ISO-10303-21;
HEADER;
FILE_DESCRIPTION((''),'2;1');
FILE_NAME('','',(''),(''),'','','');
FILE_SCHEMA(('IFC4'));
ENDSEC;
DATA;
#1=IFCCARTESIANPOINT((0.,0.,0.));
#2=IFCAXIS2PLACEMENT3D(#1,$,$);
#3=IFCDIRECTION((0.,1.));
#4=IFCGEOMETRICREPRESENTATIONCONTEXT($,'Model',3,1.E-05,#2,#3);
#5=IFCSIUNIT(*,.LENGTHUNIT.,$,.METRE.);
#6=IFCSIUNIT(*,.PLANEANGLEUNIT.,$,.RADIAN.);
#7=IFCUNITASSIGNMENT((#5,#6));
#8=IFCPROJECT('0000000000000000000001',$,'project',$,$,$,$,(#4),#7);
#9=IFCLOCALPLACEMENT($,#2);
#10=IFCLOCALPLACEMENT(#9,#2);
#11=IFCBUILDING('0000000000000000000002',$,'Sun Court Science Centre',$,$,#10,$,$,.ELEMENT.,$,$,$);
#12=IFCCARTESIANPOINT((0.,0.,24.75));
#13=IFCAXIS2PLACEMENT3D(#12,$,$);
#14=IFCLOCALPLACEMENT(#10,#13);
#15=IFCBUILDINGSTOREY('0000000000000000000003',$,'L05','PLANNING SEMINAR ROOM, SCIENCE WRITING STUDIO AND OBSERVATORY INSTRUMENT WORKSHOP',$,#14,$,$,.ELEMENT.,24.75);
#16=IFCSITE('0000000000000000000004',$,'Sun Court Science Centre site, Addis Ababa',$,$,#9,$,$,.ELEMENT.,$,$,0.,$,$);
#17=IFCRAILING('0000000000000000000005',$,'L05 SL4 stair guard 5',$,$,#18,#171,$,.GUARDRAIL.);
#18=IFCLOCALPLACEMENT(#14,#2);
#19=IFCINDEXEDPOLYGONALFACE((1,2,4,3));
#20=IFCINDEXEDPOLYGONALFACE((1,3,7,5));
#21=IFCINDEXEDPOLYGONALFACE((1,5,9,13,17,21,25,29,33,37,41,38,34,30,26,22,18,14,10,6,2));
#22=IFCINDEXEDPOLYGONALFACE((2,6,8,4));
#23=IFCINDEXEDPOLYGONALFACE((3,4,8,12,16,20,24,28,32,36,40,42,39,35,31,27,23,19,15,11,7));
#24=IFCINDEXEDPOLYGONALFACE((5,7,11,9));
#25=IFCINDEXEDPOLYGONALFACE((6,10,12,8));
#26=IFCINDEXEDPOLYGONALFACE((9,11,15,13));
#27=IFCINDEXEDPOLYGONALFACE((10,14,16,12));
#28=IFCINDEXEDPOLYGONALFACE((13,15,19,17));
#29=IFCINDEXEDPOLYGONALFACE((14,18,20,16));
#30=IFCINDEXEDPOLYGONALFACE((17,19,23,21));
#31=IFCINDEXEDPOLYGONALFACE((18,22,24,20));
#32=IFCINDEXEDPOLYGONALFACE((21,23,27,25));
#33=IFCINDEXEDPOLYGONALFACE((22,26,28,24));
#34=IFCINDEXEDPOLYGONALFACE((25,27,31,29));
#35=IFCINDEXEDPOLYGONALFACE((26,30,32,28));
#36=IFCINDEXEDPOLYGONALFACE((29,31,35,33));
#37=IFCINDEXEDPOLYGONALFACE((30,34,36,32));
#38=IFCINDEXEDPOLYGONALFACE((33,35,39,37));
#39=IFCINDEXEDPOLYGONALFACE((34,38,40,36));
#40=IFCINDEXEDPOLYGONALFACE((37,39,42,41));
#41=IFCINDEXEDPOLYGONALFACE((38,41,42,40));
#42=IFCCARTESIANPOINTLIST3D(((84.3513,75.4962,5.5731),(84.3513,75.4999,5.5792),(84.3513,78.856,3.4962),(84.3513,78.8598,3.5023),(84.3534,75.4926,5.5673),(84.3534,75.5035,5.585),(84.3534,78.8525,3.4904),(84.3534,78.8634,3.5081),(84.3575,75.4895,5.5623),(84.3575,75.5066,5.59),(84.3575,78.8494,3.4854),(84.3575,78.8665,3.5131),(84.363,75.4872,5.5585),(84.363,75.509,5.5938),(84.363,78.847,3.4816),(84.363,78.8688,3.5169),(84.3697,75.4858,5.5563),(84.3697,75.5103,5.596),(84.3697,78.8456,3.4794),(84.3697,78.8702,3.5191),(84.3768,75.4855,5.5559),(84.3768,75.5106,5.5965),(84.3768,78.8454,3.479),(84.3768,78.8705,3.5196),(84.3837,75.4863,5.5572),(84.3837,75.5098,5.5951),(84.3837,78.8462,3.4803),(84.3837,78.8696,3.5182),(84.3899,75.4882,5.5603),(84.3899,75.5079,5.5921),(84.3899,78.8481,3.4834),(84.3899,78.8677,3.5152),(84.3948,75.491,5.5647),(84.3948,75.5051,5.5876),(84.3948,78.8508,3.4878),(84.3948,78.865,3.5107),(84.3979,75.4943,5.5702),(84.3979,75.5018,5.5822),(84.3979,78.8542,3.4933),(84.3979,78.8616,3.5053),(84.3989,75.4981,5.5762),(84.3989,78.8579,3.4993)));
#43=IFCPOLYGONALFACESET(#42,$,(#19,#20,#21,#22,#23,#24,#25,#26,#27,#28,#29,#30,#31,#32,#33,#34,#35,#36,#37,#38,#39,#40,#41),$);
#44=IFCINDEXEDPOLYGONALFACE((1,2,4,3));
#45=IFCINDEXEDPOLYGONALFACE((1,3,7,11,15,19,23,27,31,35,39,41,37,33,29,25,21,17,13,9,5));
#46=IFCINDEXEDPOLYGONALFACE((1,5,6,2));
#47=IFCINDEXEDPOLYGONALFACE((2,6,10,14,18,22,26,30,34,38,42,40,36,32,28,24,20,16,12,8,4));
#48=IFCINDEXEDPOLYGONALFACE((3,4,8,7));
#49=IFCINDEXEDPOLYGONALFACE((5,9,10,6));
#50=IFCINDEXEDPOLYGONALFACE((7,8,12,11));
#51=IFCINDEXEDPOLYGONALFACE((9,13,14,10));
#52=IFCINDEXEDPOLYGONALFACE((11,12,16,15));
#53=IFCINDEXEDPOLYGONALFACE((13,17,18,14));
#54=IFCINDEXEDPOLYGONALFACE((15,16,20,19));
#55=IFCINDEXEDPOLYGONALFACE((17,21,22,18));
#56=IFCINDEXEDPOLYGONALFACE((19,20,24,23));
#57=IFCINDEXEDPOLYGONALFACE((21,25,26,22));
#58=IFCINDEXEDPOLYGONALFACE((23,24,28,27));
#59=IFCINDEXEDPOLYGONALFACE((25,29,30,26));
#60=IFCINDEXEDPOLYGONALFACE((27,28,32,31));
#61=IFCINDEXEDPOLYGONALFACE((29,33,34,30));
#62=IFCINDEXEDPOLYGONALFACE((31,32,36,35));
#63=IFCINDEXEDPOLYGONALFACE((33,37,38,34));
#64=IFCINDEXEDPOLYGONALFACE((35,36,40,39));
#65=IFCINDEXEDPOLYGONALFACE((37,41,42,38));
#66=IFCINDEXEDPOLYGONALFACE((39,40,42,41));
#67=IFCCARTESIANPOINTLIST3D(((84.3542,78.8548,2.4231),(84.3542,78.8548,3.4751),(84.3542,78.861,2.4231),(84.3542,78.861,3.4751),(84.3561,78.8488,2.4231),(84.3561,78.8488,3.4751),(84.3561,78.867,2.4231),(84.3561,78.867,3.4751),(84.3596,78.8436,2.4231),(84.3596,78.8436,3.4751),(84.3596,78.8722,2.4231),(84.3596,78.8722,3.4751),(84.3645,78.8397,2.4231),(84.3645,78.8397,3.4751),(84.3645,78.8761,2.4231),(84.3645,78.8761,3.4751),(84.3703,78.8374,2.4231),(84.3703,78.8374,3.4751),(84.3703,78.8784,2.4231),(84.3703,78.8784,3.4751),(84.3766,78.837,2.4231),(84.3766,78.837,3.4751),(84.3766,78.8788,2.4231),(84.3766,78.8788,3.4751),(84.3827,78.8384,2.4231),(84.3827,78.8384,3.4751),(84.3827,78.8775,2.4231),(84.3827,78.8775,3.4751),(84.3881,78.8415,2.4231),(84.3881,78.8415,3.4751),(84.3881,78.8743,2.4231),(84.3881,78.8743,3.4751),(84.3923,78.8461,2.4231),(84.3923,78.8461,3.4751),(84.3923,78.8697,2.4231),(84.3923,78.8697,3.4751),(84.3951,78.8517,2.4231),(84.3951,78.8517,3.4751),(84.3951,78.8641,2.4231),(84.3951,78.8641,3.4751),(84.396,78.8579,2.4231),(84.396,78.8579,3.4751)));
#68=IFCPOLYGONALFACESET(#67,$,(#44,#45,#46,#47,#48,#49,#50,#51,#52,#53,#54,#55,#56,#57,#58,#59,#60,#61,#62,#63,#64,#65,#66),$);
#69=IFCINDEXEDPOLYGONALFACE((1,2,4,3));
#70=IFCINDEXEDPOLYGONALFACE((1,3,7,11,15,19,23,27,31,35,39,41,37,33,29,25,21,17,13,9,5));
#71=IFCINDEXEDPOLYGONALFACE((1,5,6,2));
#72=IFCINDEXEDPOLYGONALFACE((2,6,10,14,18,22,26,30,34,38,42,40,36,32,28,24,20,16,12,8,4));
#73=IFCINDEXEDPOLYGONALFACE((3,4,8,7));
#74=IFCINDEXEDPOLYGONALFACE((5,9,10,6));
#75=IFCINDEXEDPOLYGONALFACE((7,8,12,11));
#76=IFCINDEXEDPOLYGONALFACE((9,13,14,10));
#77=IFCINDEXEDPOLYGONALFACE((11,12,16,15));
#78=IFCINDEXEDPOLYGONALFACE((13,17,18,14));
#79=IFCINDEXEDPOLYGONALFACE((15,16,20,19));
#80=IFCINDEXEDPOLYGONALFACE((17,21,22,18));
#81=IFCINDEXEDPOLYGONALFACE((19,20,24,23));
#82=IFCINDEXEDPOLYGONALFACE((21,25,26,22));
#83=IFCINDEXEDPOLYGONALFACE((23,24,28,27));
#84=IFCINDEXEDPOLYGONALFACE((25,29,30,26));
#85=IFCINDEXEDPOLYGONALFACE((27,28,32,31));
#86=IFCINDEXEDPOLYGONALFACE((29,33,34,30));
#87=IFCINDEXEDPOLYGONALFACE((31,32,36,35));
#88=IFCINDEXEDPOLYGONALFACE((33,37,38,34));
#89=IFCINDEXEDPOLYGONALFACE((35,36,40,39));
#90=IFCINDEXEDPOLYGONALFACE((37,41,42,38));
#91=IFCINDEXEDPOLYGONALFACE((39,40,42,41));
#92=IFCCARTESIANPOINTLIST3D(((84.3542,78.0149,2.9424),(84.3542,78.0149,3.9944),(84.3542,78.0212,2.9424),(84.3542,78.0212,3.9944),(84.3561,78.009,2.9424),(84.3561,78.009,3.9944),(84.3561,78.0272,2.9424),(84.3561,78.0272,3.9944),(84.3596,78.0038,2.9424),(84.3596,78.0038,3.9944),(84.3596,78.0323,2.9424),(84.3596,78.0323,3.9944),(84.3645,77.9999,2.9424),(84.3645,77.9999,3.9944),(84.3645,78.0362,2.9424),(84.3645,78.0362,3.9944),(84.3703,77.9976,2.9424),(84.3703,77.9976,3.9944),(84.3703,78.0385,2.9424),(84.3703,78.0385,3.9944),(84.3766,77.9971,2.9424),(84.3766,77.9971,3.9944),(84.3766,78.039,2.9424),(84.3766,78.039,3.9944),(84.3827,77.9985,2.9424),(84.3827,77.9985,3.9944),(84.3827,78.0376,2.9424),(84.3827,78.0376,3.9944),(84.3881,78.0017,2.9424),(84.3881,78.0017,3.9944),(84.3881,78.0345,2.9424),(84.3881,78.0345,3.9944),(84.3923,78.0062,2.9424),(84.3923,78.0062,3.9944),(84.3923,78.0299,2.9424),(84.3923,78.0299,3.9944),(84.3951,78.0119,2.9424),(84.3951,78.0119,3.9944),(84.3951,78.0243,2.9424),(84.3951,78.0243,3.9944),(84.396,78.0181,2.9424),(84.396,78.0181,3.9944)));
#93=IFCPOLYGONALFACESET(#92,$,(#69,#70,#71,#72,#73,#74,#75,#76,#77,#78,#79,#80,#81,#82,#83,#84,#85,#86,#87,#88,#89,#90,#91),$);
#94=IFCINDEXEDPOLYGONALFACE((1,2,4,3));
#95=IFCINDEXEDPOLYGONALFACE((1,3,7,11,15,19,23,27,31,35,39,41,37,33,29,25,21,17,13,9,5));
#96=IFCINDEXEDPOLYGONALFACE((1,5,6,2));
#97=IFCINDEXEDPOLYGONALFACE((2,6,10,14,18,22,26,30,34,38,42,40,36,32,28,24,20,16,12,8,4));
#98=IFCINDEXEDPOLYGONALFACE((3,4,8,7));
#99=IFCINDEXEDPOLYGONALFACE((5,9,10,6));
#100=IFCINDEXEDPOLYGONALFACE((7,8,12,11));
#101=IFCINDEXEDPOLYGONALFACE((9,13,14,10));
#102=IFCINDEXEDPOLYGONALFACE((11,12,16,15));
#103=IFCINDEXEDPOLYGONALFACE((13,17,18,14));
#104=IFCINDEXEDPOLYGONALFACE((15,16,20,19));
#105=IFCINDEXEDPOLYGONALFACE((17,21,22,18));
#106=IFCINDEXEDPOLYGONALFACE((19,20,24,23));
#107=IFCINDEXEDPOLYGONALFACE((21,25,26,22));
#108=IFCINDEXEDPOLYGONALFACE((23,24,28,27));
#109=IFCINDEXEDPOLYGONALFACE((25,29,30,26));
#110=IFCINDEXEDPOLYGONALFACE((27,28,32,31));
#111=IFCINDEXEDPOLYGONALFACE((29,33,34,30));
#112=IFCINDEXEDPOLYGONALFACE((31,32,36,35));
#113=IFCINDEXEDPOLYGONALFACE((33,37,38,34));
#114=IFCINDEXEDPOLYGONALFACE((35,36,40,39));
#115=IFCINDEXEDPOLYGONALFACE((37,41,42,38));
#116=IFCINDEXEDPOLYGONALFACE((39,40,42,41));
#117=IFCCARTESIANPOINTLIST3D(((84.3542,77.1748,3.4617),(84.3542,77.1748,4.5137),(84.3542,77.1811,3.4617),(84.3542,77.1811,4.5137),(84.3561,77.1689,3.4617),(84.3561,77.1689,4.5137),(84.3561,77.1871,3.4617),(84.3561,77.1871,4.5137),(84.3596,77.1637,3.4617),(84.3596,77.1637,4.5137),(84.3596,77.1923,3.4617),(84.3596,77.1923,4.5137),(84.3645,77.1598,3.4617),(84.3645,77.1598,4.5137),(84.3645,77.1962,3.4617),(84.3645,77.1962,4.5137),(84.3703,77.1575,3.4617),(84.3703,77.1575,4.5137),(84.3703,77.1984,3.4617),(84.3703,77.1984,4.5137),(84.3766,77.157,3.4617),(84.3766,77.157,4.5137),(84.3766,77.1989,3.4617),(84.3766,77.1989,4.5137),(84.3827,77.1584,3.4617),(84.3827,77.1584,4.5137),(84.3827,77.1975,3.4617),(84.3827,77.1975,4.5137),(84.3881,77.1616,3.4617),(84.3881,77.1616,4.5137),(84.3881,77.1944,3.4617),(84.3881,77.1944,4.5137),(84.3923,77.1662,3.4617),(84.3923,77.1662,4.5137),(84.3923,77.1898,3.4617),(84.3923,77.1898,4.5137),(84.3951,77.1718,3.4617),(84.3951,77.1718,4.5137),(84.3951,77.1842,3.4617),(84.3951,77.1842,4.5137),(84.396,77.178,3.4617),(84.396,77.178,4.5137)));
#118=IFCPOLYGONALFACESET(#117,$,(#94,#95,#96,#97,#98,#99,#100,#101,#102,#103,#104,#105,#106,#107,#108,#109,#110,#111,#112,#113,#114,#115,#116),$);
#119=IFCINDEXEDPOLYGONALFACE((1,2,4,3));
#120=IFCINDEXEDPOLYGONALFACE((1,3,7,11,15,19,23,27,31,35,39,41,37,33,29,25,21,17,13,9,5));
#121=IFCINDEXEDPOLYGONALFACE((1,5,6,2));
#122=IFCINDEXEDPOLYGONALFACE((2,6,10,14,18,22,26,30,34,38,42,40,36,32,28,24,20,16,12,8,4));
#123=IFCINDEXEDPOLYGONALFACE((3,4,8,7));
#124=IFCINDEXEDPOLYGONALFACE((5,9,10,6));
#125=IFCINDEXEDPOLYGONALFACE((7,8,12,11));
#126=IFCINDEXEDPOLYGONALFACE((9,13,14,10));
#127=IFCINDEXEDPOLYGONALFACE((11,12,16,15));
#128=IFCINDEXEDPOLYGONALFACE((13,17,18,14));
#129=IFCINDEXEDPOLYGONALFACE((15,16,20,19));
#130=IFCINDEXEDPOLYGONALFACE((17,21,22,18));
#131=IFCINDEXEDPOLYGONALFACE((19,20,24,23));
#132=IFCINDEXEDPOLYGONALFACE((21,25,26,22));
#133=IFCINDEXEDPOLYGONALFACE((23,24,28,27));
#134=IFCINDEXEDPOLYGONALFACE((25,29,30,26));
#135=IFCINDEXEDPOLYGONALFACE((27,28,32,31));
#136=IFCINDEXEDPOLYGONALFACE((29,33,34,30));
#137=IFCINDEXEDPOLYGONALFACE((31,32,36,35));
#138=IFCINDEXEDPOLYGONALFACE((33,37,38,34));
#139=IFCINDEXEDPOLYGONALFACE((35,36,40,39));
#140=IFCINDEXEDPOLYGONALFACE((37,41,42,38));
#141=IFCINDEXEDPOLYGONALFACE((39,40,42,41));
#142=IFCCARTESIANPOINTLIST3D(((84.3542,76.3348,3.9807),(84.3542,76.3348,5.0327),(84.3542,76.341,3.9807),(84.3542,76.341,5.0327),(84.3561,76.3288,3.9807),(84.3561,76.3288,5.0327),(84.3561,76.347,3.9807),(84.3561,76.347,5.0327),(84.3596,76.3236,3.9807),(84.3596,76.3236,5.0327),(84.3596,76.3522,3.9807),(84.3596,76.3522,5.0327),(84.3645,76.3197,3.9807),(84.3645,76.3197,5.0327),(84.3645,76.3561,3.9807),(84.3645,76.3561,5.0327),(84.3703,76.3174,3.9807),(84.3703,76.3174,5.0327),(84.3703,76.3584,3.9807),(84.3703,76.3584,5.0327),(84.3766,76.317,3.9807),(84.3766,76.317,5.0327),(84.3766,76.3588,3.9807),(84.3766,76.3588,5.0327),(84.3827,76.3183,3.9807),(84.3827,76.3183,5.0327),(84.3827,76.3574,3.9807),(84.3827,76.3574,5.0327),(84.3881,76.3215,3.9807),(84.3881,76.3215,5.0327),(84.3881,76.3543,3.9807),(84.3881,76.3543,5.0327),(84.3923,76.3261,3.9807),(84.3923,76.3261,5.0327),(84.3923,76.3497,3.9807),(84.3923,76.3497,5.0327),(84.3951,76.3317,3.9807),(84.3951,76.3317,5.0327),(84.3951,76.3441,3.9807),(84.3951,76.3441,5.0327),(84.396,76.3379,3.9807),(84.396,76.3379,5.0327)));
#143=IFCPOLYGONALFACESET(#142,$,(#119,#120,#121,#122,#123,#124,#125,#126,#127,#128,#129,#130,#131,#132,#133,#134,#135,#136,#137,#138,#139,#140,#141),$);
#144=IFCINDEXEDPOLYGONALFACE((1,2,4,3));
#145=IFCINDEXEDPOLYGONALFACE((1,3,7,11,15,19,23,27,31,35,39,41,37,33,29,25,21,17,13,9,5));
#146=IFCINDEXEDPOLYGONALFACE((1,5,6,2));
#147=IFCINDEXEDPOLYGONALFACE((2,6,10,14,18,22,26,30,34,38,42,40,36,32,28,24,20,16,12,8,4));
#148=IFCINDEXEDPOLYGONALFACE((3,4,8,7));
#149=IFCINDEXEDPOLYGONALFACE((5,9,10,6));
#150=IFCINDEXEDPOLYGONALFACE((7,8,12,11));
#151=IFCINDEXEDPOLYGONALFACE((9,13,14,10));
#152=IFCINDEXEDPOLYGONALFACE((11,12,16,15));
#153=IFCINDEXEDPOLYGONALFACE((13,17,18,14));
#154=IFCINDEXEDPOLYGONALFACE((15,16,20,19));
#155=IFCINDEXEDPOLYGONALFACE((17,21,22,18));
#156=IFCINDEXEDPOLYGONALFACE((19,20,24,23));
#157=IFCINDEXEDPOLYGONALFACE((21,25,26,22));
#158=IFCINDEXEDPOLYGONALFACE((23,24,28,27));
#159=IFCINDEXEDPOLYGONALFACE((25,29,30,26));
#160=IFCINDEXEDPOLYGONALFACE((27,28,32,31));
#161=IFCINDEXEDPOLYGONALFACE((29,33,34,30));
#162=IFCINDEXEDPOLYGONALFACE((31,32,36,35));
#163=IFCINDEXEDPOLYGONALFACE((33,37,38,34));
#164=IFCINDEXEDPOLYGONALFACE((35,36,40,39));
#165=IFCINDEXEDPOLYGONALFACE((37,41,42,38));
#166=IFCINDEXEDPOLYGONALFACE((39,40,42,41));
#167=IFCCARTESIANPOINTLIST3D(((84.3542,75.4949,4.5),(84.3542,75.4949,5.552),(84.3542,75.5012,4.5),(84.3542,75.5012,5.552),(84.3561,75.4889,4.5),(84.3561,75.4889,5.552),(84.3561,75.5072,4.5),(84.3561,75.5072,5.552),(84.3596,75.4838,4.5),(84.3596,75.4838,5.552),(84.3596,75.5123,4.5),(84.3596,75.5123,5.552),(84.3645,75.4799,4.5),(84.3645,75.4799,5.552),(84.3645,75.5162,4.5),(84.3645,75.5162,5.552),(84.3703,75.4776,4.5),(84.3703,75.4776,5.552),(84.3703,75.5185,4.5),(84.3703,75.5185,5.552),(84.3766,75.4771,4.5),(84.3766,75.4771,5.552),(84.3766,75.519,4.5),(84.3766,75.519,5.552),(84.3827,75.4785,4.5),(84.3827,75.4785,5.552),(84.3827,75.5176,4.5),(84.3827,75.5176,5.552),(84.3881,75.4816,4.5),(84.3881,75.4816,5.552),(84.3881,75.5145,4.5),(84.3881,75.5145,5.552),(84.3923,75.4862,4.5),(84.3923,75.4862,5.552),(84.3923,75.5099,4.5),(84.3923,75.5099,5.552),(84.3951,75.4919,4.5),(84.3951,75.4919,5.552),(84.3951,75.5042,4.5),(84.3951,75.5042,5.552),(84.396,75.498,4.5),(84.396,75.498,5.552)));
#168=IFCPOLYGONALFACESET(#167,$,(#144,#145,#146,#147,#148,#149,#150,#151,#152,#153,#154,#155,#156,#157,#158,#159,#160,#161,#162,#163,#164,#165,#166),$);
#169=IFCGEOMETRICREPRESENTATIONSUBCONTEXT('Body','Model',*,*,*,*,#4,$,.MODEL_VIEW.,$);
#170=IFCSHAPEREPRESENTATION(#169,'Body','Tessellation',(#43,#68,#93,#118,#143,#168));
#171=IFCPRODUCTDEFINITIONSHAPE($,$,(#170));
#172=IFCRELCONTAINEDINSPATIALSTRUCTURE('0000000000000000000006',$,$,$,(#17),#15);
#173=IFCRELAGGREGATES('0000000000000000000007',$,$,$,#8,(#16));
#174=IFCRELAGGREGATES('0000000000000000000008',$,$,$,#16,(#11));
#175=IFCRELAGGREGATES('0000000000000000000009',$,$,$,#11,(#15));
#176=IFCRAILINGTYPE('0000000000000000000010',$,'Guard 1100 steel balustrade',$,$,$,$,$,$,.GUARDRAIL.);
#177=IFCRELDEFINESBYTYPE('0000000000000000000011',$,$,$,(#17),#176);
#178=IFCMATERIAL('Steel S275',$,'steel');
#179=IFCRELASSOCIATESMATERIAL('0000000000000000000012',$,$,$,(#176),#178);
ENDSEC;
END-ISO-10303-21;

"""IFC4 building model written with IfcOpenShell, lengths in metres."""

from ifc_helpers import new_model, si_unit, direction, frame, origin, origin_2d, place, context, subcontext, project, spatial, circle, extrude, material, type_object, element, save


model = new_model("IFC4")

# Units and contexts
model_context = context("Model", 3, precision=1e-05, world=origin(), true_north=direction((0.0, 1.0)))
body_context = subcontext(model_context, "Body", "Model", "MODEL_VIEW")
ifc_project = project(units=[si_unit("LENGTHUNIT", "METRE"), si_unit("PLANEANGLEUNIT", "RADIAN")], contexts=[model_context])

# Site, building, storey
site_placement = place(None, origin())
site = spatial("IfcSite", under=ifc_project, at=site_placement, Name="Sun Court Science Centre site, Addis Ababa", CompositionType="ELEMENT", RefElevation=0.0)
building_placement = place(site_placement, origin())
building = spatial("IfcBuilding", under=site, at=building_placement, Name="Sun Court Science Centre", CompositionType="ELEMENT")
storey_placement = place(building_placement, frame((0.0, 0.0, 24.75)))
storey = spatial("IfcBuildingStorey", under=building, at=storey_placement, Name="L05", Description="PLANNING SEMINAR ROOM, SCIENCE WRITING STUDIO AND OBSERVATORY INSTRUMENT WORKSHOP", CompositionType="ELEMENT", Elevation=24.75)

# Railing
ifc_material_1 = material(Name="Steel S275", Category="steel")
railing_type_1 = type_object("IfcRailingType", Name="Guard 1100 steel balustrade", PredefinedType="GUARDRAIL", material=ifc_material_1)
railing_1_placement = place(storey_placement, frame((84.375, 78.8579, 2.4231)))
element("IfcRailing", 1, at=railing_1_placement, inside=storey, type_object=railing_type_1, Name="L05 SL4 stair guard 5", PredefinedType="GUARDRAIL", context=body_context, shape_type="SweptSolid", body=[
    extrude(circle(Radius=0.0239, at=origin_2d()), frame((0.0, 0.0, 1.0762), z_axis=(0.0, -0.850606, 0.525803), x_axis=(1.0, 0.0, 0.0)), (0.0, 0.0, 1.0), 3.95),
    extrude(circle(Radius=0.021, at=origin_2d()), origin(), (0.0, 0.0, 1.0), 1.052),
    extrude(circle(Radius=0.021, at=origin_2d()), frame((0.0, -0.8398, 0.5193)), (0.0, 0.0, 1.0), 1.052),
    extrude(circle(Radius=0.021, at=origin_2d()), frame((0.0, -1.6799, 1.0386)), (0.0, 0.0, 1.0), 1.052),
    extrude(circle(Radius=0.021, at=origin_2d()), frame((0.0, -2.52, 1.5576)), (0.0, 0.0, 1.0), 1.052),
    extrude(circle(Radius=0.021, at=origin_2d()), frame((0.0, -3.3599, 2.0769)), (0.0, 0.0, 1.0), 1.052),
])

save(model, "model.ifc")
